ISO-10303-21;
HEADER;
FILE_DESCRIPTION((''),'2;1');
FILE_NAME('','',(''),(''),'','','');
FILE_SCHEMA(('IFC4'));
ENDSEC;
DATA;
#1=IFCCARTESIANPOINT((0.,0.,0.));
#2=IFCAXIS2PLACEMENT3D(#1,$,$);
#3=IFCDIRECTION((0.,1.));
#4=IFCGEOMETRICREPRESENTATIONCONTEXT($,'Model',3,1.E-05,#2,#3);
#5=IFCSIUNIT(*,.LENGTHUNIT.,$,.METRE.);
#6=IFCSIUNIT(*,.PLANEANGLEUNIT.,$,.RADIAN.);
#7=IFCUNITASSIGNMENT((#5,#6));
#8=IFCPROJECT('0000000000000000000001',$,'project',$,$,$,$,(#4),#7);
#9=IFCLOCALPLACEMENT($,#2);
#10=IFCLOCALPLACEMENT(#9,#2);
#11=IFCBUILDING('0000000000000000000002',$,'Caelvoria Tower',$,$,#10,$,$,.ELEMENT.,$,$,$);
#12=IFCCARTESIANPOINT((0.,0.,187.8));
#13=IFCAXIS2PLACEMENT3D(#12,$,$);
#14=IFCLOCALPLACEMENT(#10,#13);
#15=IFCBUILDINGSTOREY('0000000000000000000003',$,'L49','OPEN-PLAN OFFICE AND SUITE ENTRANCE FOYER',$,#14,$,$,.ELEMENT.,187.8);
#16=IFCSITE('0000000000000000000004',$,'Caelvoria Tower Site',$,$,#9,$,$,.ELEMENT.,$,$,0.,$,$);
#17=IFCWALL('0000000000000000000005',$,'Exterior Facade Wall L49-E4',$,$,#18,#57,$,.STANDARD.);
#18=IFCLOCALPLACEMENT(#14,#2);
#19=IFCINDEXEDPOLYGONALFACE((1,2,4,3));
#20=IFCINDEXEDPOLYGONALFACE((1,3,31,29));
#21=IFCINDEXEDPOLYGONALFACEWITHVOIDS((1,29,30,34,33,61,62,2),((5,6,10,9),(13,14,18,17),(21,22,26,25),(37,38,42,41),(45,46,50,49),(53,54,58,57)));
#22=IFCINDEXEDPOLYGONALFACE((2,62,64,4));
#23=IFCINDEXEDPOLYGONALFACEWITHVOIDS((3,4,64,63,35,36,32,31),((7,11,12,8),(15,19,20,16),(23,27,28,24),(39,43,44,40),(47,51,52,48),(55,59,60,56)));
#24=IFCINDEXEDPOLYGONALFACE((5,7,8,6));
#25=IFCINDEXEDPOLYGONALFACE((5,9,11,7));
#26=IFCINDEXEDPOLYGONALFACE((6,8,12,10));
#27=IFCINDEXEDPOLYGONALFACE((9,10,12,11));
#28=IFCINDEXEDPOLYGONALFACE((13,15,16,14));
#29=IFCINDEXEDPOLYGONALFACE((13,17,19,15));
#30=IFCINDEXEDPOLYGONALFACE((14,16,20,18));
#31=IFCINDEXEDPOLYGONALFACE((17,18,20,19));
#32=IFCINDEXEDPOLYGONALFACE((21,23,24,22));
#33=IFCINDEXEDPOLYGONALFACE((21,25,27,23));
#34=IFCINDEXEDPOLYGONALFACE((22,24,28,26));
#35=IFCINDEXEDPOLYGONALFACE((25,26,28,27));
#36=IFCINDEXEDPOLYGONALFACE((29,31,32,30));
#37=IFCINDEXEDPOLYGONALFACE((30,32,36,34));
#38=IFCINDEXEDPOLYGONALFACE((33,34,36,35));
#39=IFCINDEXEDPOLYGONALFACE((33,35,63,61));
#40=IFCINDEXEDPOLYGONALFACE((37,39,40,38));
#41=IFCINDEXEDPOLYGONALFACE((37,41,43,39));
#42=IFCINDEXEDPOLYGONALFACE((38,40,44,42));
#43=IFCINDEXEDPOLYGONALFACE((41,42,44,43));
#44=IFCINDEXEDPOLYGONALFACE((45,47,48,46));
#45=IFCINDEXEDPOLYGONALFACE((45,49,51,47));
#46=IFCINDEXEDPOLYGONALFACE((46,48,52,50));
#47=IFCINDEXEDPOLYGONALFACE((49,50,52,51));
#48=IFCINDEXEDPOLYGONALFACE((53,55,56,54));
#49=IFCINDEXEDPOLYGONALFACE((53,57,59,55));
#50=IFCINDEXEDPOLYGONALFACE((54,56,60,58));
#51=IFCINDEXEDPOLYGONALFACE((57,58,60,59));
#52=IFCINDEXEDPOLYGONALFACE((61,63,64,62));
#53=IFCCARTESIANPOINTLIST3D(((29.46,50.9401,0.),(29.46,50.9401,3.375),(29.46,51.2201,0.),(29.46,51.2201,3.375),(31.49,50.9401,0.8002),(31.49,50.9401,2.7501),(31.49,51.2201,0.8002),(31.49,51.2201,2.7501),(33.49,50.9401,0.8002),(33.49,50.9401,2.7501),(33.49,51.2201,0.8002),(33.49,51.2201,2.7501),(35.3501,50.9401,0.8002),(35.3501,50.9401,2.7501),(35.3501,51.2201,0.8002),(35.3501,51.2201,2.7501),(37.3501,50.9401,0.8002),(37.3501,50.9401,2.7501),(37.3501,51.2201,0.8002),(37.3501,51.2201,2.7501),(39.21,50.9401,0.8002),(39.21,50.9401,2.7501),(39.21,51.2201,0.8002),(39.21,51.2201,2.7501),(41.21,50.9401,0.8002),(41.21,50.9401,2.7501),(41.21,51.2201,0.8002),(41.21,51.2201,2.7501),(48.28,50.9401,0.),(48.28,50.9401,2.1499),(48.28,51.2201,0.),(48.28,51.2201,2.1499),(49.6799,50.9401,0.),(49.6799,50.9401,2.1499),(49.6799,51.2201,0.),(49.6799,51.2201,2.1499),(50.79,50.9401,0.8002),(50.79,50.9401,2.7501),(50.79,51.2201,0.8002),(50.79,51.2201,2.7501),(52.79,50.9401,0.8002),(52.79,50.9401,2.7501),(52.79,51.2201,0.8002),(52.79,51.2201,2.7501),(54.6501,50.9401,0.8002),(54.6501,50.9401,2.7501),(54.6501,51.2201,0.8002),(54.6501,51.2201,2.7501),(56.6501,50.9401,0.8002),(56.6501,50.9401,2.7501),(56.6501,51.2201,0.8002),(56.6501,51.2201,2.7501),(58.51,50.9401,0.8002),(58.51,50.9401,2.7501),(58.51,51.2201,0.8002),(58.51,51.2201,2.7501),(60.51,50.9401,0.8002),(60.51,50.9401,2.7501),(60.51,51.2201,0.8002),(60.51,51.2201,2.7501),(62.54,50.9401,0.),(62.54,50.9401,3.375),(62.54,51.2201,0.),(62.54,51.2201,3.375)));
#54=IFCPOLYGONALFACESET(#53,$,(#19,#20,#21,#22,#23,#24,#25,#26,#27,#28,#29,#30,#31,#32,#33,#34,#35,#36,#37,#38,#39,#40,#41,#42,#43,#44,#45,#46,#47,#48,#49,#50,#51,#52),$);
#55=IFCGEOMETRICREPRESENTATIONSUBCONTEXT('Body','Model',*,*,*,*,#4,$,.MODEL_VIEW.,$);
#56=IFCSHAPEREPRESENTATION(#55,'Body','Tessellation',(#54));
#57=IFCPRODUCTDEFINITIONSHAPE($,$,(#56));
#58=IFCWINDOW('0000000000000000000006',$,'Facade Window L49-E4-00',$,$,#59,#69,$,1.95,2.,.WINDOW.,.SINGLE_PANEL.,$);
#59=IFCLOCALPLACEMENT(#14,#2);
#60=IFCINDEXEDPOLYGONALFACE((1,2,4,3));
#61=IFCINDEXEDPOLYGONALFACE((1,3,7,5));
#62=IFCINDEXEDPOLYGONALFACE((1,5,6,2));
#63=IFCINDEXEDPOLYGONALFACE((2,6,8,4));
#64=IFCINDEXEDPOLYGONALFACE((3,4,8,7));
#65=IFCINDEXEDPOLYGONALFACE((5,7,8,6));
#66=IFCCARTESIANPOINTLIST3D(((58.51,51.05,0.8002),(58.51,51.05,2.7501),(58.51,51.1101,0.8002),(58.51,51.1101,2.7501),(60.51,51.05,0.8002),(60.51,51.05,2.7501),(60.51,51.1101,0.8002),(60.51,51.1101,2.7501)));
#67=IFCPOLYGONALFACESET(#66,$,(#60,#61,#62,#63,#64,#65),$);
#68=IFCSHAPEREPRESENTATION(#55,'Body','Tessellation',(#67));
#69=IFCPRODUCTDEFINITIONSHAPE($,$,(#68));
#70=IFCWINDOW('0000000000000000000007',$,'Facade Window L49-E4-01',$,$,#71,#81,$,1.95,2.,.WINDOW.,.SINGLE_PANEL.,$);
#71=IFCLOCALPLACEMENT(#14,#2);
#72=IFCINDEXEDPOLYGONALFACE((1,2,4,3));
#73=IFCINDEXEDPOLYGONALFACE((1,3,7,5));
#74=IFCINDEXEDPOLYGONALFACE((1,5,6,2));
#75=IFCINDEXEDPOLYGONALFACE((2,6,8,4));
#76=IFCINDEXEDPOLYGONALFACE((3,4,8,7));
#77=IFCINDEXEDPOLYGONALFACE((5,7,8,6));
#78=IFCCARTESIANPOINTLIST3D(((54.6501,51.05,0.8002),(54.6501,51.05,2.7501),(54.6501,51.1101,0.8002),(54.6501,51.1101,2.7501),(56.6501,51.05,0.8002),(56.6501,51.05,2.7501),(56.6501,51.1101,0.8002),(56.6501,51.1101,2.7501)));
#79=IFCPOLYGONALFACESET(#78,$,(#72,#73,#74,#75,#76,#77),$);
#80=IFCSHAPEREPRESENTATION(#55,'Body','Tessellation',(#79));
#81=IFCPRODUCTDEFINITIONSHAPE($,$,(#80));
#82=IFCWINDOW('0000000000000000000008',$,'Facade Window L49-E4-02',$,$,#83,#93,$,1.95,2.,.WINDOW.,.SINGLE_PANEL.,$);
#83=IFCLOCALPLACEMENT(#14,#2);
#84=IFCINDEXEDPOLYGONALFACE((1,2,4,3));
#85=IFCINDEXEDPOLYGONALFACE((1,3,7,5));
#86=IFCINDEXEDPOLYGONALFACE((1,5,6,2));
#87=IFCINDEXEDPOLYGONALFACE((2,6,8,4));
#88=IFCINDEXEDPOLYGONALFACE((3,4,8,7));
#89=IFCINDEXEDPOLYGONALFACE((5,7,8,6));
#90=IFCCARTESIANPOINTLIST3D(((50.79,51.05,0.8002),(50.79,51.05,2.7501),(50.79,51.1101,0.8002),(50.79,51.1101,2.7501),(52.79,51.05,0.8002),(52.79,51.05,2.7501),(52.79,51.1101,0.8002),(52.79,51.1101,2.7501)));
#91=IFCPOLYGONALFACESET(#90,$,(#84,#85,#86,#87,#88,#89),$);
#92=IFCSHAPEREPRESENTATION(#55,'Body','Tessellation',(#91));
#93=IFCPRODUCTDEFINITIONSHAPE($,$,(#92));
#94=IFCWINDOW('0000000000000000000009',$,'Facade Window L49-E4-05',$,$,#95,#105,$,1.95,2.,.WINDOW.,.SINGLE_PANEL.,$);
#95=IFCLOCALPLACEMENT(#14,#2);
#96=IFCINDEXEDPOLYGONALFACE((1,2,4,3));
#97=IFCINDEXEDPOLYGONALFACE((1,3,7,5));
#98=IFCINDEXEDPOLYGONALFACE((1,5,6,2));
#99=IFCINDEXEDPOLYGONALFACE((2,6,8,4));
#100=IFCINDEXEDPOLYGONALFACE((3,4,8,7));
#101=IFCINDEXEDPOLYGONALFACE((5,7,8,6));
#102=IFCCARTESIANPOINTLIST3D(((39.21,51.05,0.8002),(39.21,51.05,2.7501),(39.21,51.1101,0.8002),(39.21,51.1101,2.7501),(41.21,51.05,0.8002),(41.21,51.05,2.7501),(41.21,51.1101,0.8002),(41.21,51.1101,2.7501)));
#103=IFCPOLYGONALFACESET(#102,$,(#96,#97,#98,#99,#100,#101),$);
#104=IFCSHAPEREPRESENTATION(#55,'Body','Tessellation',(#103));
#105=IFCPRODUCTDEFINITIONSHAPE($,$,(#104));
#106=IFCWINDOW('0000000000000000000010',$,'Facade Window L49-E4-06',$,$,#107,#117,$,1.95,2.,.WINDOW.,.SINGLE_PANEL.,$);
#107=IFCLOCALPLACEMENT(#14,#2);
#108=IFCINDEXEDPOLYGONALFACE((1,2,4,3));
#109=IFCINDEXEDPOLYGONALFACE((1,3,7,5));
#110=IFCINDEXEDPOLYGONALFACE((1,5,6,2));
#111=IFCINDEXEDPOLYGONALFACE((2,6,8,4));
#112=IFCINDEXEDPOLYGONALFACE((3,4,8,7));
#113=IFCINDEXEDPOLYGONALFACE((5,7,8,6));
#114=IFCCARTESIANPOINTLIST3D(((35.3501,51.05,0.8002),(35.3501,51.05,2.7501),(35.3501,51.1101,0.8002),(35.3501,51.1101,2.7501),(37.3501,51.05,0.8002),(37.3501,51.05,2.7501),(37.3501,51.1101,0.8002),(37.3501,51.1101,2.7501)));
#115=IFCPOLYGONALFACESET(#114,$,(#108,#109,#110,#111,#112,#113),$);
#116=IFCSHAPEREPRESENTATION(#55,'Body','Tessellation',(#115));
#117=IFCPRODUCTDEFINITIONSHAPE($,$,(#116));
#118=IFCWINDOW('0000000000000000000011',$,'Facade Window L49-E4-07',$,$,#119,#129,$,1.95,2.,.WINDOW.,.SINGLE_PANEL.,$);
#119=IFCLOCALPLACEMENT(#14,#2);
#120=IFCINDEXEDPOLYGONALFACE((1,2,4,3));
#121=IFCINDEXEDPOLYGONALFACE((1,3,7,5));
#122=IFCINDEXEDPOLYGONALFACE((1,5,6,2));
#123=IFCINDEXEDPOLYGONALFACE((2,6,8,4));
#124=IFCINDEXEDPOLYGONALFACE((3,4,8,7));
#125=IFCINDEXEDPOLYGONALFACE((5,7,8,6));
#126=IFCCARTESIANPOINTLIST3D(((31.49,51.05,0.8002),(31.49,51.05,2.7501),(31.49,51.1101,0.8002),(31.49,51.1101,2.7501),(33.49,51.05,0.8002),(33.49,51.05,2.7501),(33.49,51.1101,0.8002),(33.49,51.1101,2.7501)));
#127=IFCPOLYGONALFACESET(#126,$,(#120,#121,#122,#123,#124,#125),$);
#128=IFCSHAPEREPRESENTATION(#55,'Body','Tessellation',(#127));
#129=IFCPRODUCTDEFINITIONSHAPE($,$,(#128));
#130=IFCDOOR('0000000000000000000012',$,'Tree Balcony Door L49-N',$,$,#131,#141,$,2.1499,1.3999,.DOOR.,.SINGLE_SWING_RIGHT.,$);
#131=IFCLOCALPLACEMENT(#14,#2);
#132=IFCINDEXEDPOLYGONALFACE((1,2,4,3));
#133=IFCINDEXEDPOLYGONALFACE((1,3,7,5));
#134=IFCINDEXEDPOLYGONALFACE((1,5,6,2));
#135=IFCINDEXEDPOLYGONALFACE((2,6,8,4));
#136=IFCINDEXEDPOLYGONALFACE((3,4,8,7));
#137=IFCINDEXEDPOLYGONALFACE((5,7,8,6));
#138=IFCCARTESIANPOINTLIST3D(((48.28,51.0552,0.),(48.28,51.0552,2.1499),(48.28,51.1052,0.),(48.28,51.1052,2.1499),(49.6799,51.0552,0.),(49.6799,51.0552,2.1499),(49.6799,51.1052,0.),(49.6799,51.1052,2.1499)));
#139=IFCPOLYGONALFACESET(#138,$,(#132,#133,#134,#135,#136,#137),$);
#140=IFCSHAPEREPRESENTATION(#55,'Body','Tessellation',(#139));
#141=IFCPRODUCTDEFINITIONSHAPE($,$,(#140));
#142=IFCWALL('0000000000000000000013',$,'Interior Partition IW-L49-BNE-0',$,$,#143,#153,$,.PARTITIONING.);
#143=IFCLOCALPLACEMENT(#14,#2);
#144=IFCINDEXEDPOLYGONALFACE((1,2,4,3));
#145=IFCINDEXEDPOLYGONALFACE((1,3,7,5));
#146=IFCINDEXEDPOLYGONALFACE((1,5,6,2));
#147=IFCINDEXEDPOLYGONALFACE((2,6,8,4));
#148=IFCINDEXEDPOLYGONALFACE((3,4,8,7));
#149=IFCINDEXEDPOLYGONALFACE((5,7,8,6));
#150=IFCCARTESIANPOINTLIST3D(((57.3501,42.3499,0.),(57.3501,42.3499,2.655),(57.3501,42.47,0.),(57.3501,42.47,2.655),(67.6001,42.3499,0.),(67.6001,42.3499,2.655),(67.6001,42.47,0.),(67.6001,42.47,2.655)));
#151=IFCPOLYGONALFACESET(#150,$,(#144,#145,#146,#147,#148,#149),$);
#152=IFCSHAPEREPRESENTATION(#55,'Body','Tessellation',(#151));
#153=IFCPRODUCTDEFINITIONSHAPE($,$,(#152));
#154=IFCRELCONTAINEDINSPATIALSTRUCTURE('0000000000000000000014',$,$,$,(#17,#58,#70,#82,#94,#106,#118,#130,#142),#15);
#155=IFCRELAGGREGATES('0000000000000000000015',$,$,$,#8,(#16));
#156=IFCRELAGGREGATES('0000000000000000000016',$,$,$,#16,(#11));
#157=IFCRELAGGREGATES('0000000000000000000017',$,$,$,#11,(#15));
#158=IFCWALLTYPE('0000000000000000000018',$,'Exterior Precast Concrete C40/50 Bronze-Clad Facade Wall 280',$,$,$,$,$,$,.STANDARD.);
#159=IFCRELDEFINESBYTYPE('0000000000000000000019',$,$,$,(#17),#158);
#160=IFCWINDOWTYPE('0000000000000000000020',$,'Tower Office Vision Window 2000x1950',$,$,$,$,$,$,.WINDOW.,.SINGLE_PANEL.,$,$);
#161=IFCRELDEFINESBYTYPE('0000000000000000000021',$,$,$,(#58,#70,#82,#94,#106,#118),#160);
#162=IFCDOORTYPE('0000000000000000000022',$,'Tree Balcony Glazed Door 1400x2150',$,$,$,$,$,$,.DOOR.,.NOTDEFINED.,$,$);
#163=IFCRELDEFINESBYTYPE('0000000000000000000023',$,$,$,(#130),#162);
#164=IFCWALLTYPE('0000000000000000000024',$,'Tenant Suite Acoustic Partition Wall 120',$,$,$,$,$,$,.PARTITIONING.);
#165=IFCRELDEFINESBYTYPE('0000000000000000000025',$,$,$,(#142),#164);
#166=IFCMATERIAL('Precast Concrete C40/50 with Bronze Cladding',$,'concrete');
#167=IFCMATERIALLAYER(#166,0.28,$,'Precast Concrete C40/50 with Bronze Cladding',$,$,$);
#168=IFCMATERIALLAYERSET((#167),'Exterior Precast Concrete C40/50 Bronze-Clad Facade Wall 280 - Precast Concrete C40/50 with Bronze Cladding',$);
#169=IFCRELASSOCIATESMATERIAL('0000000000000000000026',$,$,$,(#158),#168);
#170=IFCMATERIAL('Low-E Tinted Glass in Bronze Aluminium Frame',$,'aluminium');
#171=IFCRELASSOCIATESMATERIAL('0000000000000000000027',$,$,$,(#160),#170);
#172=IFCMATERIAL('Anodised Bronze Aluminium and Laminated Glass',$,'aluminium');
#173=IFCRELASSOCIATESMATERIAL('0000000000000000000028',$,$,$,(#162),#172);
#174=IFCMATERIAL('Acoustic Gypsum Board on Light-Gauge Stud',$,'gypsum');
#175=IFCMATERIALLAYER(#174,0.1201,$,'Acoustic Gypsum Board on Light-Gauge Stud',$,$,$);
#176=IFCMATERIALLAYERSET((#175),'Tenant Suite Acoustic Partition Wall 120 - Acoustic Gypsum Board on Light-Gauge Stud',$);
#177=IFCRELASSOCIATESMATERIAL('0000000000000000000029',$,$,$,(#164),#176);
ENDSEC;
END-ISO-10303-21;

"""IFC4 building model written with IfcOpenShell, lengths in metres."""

from ifc_helpers import new_model, si_unit, direction, frame, frame_2d, origin, place, context, subcontext, project, spatial, rectangle, extrude, material, layer, layer_set, type_object, element, fill, save


model = new_model("IFC4")

# Units and contexts
model_context = context("Model", 3, precision=1e-05, world=origin(), true_north=direction((0.0, 1.0)))
body_context = subcontext(model_context, "Body", "Model", "MODEL_VIEW")
ifc_project = project(units=[si_unit("LENGTHUNIT", "METRE"), si_unit("PLANEANGLEUNIT", "RADIAN")], contexts=[model_context])

# Site, building, storey
site_placement = place(None, origin())
site = spatial("IfcSite", under=ifc_project, at=site_placement, Name="Caelvoria Tower Site", CompositionType="ELEMENT", RefElevation=0.0)
building_placement = place(site_placement, origin())
building = spatial("IfcBuilding", under=site, at=building_placement, Name="Caelvoria Tower", CompositionType="ELEMENT")
storey_placement = place(building_placement, frame((0.0, 0.0, 187.8)))
storey = spatial("IfcBuildingStorey", under=building, at=storey_placement, Name="L49", Description="OPEN-PLAN OFFICE AND SUITE ENTRANCE FOYER", CompositionType="ELEMENT", Elevation=187.8)

# Shared definitions
ifc_material_1 = material(Name="Precast Concrete C40/50 with Bronze Cladding", Category="concrete")
ifc_layer_1 = layer(ifc_material_1, 0.28, Name="Precast Concrete C40/50 with Bronze Cladding")
ifc_layer_set_1 = layer_set([ifc_layer_1], Name="Exterior Precast Concrete C40/50 Bronze-Clad Facade Wall 280 - Precast Concrete C40/50 with Bronze Cladding")
wall_type_1 = type_object("IfcWallType", Name="Exterior Precast Concrete C40/50 Bronze-Clad Facade Wall 280", PredefinedType="STANDARD", material=ifc_layer_set_1)

# Wall, openings, windows, door
wall_1_placement = place(storey_placement, frame((62.54, 51.0801, 0.0), z_axis=(0.0, 0.0, 1.0), x_axis=(-1.0, 0.0, 0.0)))
wall_1 = element("IfcWall", 1, at=wall_1_placement, inside=storey, type_object=wall_type_1, Name="Exterior Facade Wall L49-E4", PredefinedType="STANDARD", context=body_context, shape_type="SweptSolid", body=[
    extrude(rectangle(XDim=33.0801, YDim=0.28, at=frame_2d((16.54, 0.0))), origin(), (0.0, 0.0, 1.0), 3.375),
])
opening_1_placement = place(wall_1_placement, frame((12.8601, 0.0, 0.0)))
opening_1 = element("IfcOpeningElement", 2, at=opening_1_placement, cuts=wall_1, PredefinedType="OPENING", context=body_context, shape_type="SweptSolid", body=[
    extrude(rectangle(XDim=1.3999, YDim=2.1499, at=frame_2d((0.7, 1.075))), frame((0.0, 0.1499, 0.0), z_axis=(0.0, -1.0, 0.0), x_axis=(1.0, 0.0, 0.0)), (0.0, 0.0, 1.0), 0.3),
])
opening_2_placement = place(wall_1_placement, frame((2.03, 0.0, 0.8)))
opening_2 = element("IfcOpeningElement", 3, at=opening_2_placement, cuts=wall_1, PredefinedType="OPENING", context=body_context, shape_type="SweptSolid", body=[
    extrude(rectangle(XDim=2.0, YDim=1.95, at=frame_2d((1.0, 0.9751))), frame((0.0, 0.1499, 0.0), z_axis=(0.0, -1.0, 0.0), x_axis=(1.0, 0.0, 0.0)), (0.0, 0.0, 1.0), 0.3),
])
opening_3_placement = place(wall_1_placement, frame((5.8899, 0.0, 0.8)))
opening_3 = element("IfcOpeningElement", 4, at=opening_3_placement, cuts=wall_1, PredefinedType="OPENING", context=body_context, shape_type="SweptSolid", body=[
    extrude(rectangle(XDim=2.0, YDim=1.95, at=frame_2d((1.0, 0.9751))), frame((0.0, 0.1499, 0.0), z_axis=(0.0, -1.0, 0.0), x_axis=(1.0, 0.0, 0.0)), (0.0, 0.0, 1.0), 0.3),
])
opening_4_placement = place(wall_1_placement, frame((9.75, 0.0, 0.8)))
opening_4 = element("IfcOpeningElement", 5, at=opening_4_placement, cuts=wall_1, PredefinedType="OPENING", context=body_context, shape_type="SweptSolid", body=[
    extrude(rectangle(XDim=2.0, YDim=1.95, at=frame_2d((1.0, 0.9751))), frame((0.0, 0.1499, 0.0), z_axis=(0.0, -1.0, 0.0), x_axis=(1.0, 0.0, 0.0)), (0.0, 0.0, 1.0), 0.3),
])
opening_5_placement = place(wall_1_placement, frame((21.3301, 0.0, 0.8)))
opening_5 = element("IfcOpeningElement", 6, at=opening_5_placement, cuts=wall_1, PredefinedType="OPENING", context=body_context, shape_type="SweptSolid", body=[
    extrude(rectangle(XDim=2.0, YDim=1.95, at=frame_2d((1.0, 0.9751))), frame((0.0, 0.1499, 0.0), z_axis=(0.0, -1.0, 0.0), x_axis=(1.0, 0.0, 0.0)), (0.0, 0.0, 1.0), 0.3),
])
opening_6_placement = place(wall_1_placement, frame((25.1899, 0.0, 0.8)))
opening_6 = element("IfcOpeningElement", 7, at=opening_6_placement, cuts=wall_1, PredefinedType="OPENING", context=body_context, shape_type="SweptSolid", body=[
    extrude(rectangle(XDim=2.0, YDim=1.95, at=frame_2d((1.0, 0.9751))), frame((0.0, 0.1499, 0.0), z_axis=(0.0, -1.0, 0.0), x_axis=(1.0, 0.0, 0.0)), (0.0, 0.0, 1.0), 0.3),
])
opening_7_placement = place(wall_1_placement, frame((29.05, 0.0, 0.8)))
opening_7 = element("IfcOpeningElement", 8, at=opening_7_placement, cuts=wall_1, PredefinedType="OPENING", context=body_context, shape_type="SweptSolid", body=[
    extrude(rectangle(XDim=2.0, YDim=1.95, at=frame_2d((1.0, 0.9751))), frame((0.0, 0.1499, 0.0), z_axis=(0.0, -1.0, 0.0), x_axis=(1.0, 0.0, 0.0)), (0.0, 0.0, 1.0), 0.3),
])
ifc_material_2 = material(Name="Low-E Tinted Glass in Bronze Aluminium Frame", Category="aluminium")
window_type = type_object("IfcWindowType", Name="Tower Office Vision Window 2000x1950", PartitioningType="SINGLE_PANEL", PredefinedType="WINDOW", material=ifc_material_2)
window_1_placement = place(opening_2_placement, origin())
window_1 = element("IfcWindow", 9, at=window_1_placement, inside=storey, type_object=window_type, Name="Facade Window L49-E4-00", OverallHeight=1.95, OverallWidth=2.0, PartitioningType="SINGLE_PANEL", PredefinedType="WINDOW", context=body_context, shape_type="SweptSolid", body=[
    extrude(rectangle(XDim=2.0, YDim=1.95, at=frame_2d((1.0, 0.9751))), frame((0.0, 0.03, 0.0), z_axis=(0.0, -1.0, 0.0), x_axis=(1.0, 0.0, 0.0)), (0.0, 0.0, 1.0), 0.0601),
])
fill(opening_2, window_1)
window_2_placement = place(opening_3_placement, origin())
window_2 = element("IfcWindow", 10, at=window_2_placement, inside=storey, type_object=window_type, Name="Facade Window L49-E4-01", OverallHeight=1.95, OverallWidth=2.0, PartitioningType="SINGLE_PANEL", PredefinedType="WINDOW", context=body_context, shape_type="SweptSolid", body=[
    extrude(rectangle(XDim=2.0, YDim=1.95, at=frame_2d((1.0, 0.9751))), frame((0.0, 0.03, 0.0), z_axis=(0.0, -1.0, 0.0), x_axis=(1.0, 0.0, 0.0)), (0.0, 0.0, 1.0), 0.0601),
])
fill(opening_3, window_2)
window_3_placement = place(opening_4_placement, origin())
window_3 = element("IfcWindow", 11, at=window_3_placement, inside=storey, type_object=window_type, Name="Facade Window L49-E4-02", OverallHeight=1.95, OverallWidth=2.0, PartitioningType="SINGLE_PANEL", PredefinedType="WINDOW", context=body_context, shape_type="SweptSolid", body=[
    extrude(rectangle(XDim=2.0, YDim=1.95, at=frame_2d((1.0, 0.9751))), frame((0.0, 0.03, 0.0), z_axis=(0.0, -1.0, 0.0), x_axis=(1.0, 0.0, 0.0)), (0.0, 0.0, 1.0), 0.0601),
])
fill(opening_4, window_3)
window_4_placement = place(opening_5_placement, origin())
window_4 = element("IfcWindow", 12, at=window_4_placement, inside=storey, type_object=window_type, Name="Facade Window L49-E4-05", OverallHeight=1.95, OverallWidth=2.0, PartitioningType="SINGLE_PANEL", PredefinedType="WINDOW", context=body_context, shape_type="SweptSolid", body=[
    extrude(rectangle(XDim=2.0, YDim=1.95, at=frame_2d((1.0, 0.9751))), frame((0.0, 0.03, 0.0), z_axis=(0.0, -1.0, 0.0), x_axis=(1.0, 0.0, 0.0)), (0.0, 0.0, 1.0), 0.0601),
])
fill(opening_5, window_4)
window_5_placement = place(opening_6_placement, origin())
window_5 = element("IfcWindow", 13, at=window_5_placement, inside=storey, type_object=window_type, Name="Facade Window L49-E4-06", OverallHeight=1.95, OverallWidth=2.0, PartitioningType="SINGLE_PANEL", PredefinedType="WINDOW", context=body_context, shape_type="SweptSolid", body=[
    extrude(rectangle(XDim=2.0, YDim=1.95, at=frame_2d((1.0, 0.9751))), frame((0.0, 0.03, 0.0), z_axis=(0.0, -1.0, 0.0), x_axis=(1.0, 0.0, 0.0)), (0.0, 0.0, 1.0), 0.0601),
])
fill(opening_6, window_5)
window_6_placement = place(opening_7_placement, origin())
window_6 = element("IfcWindow", 14, at=window_6_placement, inside=storey, type_object=window_type, Name="Facade Window L49-E4-07", OverallHeight=1.95, OverallWidth=2.0, PartitioningType="SINGLE_PANEL", PredefinedType="WINDOW", context=body_context, shape_type="SweptSolid", body=[
    extrude(rectangle(XDim=2.0, YDim=1.95, at=frame_2d((1.0, 0.9751))), frame((0.0, 0.03, 0.0), z_axis=(0.0, -1.0, 0.0), x_axis=(1.0, 0.0, 0.0)), (0.0, 0.0, 1.0), 0.0601),
])
fill(opening_7, window_6)
ifc_material_3 = material(Name="Anodised Bronze Aluminium and Laminated Glass", Category="aluminium")
door_type = type_object("IfcDoorType", Name="Tree Balcony Glazed Door 1400x2150", OperationType="NOTDEFINED", PredefinedType="DOOR", material=ifc_material_3)
door_placement = place(opening_1_placement, origin())
door = element("IfcDoor", 15, at=door_placement, inside=storey, type_object=door_type, Name="Tree Balcony Door L49-N", OperationType="SINGLE_SWING_RIGHT", OverallHeight=2.1499, OverallWidth=1.3999, PredefinedType="DOOR", context=body_context, shape_type="SweptSolid", body=[
    extrude(rectangle(XDim=1.3999, YDim=2.1499, at=frame_2d((0.7, 1.075))), frame((0.0, 0.0249, 0.0), z_axis=(0.0, -1.0, 0.0), x_axis=(1.0, 0.0, 0.0)), (0.0, 0.0, 1.0), 0.05),
])
fill(opening_1, door)

# Wall
ifc_material_4 = material(Name="Acoustic Gypsum Board on Light-Gauge Stud", Category="gypsum")
ifc_layer_2 = layer(ifc_material_4, 0.1201, Name="Acoustic Gypsum Board on Light-Gauge Stud")
ifc_layer_set_2 = layer_set([ifc_layer_2], Name="Tenant Suite Acoustic Partition Wall 120 - Acoustic Gypsum Board on Light-Gauge Stud")
wall_type_2 = type_object("IfcWallType", Name="Tenant Suite Acoustic Partition Wall 120", PredefinedType="PARTITIONING", material=ifc_layer_set_2)
wall_2_placement = place(storey_placement, frame((57.3501, 42.4099, 0.0), z_axis=(0.0, 0.0, 1.0), x_axis=(1.0, 0.0, 0.0)))
element("IfcWall", 16, at=wall_2_placement, inside=storey, type_object=wall_type_2, Name="Interior Partition IW-L49-BNE-0", PredefinedType="PARTITIONING", context=body_context, shape_type="SweptSolid", body=[
    extrude(rectangle(XDim=10.25, YDim=0.1201, at=frame_2d((5.125, 0.0))), origin(), (0.0, 0.0, 1.0), 2.655),
])

save(model, "model.ifc")
